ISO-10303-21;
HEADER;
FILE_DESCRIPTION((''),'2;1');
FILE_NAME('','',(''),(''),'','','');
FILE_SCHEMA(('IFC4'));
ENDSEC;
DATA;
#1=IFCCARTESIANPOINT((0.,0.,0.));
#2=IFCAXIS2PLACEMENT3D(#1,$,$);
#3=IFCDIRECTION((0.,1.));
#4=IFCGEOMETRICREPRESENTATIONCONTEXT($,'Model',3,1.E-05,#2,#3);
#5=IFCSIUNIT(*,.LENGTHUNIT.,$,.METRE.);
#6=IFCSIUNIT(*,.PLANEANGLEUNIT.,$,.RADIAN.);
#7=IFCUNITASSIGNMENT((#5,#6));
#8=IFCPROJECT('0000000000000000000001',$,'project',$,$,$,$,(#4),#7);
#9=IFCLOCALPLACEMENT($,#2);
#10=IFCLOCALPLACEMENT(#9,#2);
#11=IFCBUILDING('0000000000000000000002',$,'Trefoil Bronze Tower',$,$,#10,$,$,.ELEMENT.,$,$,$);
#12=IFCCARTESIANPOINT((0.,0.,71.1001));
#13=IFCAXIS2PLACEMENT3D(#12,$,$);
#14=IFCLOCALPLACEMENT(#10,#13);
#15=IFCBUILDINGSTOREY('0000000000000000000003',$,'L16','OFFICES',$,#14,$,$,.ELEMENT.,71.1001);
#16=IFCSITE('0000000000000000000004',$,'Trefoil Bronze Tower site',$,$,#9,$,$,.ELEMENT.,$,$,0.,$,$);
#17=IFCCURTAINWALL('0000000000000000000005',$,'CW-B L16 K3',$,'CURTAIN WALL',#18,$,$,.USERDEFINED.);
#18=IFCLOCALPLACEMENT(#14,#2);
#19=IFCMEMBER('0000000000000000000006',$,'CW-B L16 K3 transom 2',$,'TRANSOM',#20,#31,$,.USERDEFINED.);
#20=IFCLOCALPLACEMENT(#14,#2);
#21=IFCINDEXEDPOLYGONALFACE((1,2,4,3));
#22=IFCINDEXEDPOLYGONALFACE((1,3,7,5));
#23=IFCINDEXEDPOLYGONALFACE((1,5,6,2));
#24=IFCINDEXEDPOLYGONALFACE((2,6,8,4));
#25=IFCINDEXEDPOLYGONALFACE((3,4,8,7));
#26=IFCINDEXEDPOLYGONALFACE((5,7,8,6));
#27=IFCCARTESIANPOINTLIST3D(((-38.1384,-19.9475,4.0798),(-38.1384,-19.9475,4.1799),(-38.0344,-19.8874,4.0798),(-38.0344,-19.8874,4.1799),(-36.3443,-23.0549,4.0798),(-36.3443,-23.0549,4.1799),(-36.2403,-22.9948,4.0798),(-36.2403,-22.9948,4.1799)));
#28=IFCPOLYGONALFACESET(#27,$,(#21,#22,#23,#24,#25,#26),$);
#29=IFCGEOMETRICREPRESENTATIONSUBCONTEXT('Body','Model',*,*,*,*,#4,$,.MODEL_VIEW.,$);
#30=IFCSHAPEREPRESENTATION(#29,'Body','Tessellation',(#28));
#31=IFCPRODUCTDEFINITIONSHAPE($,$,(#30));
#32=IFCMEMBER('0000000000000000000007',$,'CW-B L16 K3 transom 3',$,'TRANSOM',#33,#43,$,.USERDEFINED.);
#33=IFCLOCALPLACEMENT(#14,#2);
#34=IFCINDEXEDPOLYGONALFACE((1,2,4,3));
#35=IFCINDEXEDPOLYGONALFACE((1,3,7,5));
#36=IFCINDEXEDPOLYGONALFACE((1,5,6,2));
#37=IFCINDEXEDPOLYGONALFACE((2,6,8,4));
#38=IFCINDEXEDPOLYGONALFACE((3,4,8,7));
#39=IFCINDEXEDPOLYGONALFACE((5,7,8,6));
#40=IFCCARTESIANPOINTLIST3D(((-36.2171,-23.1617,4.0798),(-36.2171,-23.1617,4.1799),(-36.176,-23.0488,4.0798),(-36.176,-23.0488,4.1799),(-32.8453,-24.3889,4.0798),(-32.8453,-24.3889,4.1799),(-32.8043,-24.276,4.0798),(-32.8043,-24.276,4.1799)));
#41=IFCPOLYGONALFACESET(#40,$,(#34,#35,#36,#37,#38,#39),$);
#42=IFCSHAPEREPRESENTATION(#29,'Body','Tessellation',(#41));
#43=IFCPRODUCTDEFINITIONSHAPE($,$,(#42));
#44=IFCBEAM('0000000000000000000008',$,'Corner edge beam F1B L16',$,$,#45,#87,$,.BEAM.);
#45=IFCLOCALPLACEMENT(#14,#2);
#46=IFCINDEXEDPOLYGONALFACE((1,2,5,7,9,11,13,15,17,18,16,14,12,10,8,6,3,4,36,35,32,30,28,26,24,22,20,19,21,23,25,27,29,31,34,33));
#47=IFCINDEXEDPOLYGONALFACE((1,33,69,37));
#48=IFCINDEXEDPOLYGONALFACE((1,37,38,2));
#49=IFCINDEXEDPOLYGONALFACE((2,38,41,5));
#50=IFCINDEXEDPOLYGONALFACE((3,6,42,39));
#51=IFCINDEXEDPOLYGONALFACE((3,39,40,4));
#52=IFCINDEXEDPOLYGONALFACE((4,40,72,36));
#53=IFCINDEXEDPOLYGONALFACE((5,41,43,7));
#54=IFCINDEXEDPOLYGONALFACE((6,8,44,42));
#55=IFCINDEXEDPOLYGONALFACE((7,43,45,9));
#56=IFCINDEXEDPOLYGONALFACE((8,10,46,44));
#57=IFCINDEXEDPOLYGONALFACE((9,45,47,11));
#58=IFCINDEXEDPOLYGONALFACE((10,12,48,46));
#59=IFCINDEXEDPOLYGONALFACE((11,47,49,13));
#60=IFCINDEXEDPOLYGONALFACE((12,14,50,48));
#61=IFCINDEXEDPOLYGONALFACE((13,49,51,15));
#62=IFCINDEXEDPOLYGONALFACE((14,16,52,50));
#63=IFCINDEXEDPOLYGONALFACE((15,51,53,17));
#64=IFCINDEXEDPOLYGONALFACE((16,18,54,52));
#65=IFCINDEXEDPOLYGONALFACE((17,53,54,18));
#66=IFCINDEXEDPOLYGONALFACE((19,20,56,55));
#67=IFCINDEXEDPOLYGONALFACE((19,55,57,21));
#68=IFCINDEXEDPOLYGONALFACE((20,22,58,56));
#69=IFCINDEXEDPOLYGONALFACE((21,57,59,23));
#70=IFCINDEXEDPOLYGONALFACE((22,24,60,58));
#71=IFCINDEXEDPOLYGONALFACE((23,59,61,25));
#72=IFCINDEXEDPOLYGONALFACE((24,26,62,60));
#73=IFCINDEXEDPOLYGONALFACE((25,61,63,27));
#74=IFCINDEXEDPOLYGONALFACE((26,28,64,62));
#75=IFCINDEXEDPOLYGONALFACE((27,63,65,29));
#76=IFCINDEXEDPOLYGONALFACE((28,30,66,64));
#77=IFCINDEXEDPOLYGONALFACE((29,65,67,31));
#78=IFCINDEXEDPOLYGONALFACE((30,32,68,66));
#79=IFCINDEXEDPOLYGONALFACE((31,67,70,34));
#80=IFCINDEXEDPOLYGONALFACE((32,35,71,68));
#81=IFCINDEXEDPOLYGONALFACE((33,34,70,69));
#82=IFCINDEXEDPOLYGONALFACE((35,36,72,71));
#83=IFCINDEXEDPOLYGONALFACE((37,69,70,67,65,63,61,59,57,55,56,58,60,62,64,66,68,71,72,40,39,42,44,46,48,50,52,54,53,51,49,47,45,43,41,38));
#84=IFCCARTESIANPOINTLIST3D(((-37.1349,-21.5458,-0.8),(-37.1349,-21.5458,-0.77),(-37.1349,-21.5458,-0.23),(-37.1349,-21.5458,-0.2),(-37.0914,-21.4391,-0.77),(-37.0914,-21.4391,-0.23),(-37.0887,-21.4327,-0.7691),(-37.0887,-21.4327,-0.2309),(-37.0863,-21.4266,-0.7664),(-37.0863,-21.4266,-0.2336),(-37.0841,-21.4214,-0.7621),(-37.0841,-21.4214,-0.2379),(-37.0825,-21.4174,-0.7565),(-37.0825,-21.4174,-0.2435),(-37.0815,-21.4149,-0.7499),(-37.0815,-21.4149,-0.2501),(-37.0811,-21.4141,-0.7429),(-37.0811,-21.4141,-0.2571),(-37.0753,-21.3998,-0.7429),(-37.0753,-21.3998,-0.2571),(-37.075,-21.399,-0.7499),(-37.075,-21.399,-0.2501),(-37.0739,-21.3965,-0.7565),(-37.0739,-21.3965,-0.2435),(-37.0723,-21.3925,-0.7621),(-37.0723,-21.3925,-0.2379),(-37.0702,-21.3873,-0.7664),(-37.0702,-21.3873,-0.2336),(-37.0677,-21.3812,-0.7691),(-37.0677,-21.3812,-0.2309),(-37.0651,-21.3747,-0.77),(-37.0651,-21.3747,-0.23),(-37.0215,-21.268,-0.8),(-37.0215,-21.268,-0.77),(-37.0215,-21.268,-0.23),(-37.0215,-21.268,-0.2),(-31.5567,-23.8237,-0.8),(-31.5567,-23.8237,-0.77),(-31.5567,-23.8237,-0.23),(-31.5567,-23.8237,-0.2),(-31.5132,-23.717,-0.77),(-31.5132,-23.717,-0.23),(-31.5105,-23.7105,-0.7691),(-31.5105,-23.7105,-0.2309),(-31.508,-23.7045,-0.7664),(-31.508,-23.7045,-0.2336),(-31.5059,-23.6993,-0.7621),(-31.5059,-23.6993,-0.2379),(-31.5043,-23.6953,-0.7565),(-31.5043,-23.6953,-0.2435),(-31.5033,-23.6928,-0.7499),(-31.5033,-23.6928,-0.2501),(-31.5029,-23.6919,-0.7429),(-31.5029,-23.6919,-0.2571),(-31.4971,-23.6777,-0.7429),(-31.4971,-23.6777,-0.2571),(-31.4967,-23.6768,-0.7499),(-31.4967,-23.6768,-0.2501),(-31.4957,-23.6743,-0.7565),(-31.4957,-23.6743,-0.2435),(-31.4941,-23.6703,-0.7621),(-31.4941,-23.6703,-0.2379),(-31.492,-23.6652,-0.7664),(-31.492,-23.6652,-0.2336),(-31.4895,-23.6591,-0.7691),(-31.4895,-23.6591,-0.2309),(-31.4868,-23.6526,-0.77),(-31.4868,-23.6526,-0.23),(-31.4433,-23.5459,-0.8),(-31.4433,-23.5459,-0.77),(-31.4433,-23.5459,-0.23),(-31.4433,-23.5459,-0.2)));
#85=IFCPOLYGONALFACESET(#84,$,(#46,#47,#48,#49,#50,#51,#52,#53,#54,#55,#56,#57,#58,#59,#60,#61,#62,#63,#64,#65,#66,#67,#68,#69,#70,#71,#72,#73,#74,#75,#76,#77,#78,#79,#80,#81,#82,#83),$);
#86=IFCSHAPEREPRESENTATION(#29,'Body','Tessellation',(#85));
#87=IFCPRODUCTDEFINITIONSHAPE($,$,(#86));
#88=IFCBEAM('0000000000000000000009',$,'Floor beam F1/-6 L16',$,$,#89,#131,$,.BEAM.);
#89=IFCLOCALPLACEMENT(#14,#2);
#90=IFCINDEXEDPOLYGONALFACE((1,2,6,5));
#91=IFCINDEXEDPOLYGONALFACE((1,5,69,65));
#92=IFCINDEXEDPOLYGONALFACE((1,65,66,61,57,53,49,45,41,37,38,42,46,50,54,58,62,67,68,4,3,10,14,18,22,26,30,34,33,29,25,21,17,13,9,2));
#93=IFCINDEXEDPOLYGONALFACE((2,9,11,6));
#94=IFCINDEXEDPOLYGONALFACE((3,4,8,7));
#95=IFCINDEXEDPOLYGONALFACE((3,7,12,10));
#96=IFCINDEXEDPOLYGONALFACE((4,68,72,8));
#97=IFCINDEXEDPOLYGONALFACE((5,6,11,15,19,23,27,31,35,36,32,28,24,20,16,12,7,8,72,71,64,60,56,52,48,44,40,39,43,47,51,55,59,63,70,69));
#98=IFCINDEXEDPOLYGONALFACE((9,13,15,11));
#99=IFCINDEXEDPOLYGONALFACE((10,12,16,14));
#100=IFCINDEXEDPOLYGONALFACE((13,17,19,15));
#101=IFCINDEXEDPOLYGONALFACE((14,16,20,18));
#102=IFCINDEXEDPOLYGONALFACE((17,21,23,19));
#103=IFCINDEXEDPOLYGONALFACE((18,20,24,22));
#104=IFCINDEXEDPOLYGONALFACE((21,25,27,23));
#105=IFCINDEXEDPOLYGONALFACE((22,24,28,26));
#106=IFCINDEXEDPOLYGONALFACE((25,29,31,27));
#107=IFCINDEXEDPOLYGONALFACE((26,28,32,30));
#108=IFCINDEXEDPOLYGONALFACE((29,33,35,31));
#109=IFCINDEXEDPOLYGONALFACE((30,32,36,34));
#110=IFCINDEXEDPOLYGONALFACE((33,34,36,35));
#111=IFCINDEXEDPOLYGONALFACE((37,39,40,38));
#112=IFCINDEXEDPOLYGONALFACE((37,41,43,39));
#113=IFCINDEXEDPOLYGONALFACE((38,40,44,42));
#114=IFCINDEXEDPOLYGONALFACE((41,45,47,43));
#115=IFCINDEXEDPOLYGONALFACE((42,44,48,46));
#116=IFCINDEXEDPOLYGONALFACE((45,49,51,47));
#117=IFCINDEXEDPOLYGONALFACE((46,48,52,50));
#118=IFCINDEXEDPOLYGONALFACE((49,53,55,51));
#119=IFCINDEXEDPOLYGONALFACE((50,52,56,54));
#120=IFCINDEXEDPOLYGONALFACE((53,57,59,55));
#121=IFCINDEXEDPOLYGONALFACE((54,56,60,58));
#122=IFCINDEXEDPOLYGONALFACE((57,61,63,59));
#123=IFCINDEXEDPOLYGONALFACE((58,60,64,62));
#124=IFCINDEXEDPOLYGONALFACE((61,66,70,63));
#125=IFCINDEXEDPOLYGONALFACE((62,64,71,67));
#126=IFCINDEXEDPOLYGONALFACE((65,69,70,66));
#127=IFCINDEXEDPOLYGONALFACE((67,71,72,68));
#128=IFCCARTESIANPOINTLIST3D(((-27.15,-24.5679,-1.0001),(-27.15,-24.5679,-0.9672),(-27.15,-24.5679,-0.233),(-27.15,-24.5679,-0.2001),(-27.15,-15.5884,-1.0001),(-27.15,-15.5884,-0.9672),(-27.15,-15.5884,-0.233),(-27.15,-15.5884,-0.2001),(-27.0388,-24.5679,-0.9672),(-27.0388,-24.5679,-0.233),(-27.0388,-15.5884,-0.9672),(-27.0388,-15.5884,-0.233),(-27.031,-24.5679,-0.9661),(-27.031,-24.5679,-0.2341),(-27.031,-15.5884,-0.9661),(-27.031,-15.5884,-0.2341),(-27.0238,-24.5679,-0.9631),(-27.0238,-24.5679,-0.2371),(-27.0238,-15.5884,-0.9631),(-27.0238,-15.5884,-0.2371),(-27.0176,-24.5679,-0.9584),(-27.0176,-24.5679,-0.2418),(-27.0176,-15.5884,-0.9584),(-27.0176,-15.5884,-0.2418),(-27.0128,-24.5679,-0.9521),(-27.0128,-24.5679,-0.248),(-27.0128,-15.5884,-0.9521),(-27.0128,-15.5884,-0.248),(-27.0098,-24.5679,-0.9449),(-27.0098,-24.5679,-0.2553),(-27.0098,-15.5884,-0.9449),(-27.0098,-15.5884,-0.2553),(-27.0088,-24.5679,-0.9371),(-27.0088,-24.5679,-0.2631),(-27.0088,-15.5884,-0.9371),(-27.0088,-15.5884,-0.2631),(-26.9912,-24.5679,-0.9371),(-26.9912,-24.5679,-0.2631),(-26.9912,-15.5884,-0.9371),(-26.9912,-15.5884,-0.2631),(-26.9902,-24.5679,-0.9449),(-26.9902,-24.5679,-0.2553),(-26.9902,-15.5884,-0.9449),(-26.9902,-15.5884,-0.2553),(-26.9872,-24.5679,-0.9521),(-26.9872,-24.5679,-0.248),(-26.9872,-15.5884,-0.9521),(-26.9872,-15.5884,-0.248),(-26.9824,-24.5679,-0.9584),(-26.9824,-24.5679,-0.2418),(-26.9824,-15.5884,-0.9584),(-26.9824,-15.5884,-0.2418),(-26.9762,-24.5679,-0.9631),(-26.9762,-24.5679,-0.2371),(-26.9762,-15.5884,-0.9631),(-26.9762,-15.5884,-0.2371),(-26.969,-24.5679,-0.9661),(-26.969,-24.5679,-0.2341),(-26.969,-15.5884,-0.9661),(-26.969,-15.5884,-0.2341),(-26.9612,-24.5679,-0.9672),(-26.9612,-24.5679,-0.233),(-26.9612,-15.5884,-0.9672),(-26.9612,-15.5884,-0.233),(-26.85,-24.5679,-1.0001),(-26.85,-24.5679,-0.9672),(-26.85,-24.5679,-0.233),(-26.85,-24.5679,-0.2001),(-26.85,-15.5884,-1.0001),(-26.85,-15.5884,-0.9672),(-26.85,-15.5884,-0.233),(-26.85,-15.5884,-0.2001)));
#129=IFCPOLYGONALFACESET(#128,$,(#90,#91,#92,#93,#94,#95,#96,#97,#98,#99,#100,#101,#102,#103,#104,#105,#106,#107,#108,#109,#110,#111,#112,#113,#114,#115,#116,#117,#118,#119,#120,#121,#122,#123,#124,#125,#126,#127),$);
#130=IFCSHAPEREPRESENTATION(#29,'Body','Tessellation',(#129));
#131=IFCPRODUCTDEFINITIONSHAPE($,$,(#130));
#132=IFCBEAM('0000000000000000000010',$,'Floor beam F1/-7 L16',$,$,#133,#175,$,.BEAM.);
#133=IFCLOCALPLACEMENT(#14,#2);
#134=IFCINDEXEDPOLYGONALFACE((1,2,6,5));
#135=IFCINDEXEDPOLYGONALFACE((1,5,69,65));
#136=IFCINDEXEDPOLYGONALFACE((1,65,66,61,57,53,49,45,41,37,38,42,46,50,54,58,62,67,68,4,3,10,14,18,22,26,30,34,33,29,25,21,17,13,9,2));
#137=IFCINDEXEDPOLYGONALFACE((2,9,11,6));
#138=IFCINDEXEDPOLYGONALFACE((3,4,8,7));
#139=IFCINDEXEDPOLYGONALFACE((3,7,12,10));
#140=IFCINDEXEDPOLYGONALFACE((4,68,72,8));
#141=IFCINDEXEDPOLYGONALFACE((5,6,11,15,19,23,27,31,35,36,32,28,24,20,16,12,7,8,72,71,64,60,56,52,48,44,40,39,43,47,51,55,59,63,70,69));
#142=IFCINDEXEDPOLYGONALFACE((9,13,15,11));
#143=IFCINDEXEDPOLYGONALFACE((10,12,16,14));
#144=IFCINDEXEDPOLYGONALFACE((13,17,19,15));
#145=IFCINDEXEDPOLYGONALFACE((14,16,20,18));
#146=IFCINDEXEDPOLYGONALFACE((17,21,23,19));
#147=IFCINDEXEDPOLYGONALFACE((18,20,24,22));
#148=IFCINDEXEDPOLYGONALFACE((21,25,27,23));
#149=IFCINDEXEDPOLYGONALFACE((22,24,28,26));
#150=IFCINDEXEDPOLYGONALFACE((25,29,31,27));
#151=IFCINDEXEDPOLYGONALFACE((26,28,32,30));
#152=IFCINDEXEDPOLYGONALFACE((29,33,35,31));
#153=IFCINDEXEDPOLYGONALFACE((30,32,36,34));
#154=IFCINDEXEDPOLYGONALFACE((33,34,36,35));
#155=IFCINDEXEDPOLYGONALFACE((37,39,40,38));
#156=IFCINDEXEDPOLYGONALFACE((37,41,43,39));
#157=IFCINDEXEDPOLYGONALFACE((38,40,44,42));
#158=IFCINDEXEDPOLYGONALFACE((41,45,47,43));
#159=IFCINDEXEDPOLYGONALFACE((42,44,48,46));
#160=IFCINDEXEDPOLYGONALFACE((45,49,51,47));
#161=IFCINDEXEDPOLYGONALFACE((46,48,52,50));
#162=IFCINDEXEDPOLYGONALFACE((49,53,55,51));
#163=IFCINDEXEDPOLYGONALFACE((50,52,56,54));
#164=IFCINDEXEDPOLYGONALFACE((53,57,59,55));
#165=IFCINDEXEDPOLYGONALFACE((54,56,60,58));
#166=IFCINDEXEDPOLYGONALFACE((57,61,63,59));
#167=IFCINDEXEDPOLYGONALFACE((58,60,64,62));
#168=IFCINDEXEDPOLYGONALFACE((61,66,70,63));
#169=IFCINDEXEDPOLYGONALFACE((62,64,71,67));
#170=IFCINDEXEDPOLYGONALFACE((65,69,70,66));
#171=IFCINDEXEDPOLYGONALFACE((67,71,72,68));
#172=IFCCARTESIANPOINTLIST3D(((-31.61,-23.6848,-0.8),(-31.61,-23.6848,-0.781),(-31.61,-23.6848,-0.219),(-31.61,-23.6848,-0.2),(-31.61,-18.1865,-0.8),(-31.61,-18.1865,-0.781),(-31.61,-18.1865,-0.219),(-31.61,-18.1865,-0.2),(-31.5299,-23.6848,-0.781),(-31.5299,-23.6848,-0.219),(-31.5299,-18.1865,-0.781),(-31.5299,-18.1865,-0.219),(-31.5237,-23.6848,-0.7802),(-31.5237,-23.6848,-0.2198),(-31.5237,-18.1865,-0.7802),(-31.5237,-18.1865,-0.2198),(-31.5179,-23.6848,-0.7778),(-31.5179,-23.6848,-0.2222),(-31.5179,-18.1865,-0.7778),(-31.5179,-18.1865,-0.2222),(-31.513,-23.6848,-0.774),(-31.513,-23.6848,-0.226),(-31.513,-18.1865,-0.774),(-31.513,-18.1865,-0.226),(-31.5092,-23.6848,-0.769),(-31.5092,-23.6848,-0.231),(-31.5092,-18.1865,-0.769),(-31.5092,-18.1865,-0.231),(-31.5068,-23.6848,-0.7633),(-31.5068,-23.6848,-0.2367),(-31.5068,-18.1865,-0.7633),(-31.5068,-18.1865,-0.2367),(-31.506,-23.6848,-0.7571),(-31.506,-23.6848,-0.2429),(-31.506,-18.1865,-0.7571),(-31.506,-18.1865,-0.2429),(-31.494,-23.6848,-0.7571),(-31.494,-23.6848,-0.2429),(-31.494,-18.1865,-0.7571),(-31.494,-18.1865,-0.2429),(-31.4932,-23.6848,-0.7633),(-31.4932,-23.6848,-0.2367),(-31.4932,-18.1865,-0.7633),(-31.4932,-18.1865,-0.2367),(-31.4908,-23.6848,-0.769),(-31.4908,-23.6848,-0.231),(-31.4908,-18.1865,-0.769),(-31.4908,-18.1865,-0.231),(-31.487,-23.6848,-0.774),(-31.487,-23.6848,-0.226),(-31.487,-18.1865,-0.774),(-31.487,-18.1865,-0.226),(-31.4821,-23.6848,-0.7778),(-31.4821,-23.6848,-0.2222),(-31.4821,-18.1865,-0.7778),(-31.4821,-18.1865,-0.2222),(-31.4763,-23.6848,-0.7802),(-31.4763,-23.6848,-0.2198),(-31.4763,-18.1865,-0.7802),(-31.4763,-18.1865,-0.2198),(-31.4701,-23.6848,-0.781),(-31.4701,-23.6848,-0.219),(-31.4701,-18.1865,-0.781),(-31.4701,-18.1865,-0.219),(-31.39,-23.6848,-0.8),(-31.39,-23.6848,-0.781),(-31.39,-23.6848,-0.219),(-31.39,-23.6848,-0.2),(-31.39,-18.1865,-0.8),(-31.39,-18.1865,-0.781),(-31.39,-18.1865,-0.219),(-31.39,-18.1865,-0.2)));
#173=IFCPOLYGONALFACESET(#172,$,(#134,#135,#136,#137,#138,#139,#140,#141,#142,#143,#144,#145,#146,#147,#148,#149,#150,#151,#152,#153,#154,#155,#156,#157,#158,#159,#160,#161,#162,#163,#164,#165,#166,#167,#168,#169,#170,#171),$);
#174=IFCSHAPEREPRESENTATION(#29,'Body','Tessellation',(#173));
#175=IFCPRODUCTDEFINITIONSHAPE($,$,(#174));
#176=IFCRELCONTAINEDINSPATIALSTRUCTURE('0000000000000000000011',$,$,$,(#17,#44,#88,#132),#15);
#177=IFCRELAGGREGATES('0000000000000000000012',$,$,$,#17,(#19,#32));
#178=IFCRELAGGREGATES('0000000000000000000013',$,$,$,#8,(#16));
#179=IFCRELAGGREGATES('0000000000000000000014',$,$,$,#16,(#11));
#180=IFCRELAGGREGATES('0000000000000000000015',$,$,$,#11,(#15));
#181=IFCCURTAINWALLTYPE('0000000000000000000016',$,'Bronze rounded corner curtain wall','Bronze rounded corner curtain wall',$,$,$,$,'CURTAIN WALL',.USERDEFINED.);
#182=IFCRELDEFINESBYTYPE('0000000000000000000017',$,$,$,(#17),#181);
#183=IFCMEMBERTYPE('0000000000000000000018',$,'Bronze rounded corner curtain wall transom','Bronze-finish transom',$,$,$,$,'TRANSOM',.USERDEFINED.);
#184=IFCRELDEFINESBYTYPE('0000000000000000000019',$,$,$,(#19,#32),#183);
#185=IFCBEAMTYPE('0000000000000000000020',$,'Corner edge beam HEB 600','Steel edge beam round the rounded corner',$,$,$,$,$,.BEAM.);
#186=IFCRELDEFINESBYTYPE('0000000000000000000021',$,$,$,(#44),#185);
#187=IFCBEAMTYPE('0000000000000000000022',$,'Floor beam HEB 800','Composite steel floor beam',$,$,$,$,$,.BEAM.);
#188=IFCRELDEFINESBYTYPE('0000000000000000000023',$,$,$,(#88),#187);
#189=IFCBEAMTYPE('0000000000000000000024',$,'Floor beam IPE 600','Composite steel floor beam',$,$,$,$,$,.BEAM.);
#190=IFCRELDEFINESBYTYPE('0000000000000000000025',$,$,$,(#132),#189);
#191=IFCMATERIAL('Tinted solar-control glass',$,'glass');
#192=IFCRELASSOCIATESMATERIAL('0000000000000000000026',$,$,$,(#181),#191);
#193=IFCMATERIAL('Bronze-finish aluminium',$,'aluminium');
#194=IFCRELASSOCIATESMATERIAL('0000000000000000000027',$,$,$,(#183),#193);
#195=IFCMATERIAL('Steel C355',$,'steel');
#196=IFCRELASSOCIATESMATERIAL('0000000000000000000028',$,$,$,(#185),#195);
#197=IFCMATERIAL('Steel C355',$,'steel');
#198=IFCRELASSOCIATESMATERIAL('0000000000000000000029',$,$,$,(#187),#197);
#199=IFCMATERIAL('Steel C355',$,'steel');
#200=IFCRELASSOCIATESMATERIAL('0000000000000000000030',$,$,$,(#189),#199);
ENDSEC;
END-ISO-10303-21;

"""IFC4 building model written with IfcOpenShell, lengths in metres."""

from ifc_helpers import new_model, si_unit, direction, frame, origin, origin_2d, place, context, subcontext, project, spatial, rectangle, i_section, extrude, material, material_profile, profile_set, type_object, element, aggregate, save


model = new_model("IFC4")

# Units and contexts
model_context = context("Model", 3, precision=1e-05, world=origin(), true_north=direction((0.0, 1.0)))
body_context = subcontext(model_context, "Body", "Model", "MODEL_VIEW")
ifc_project = project(units=[si_unit("LENGTHUNIT", "METRE"), si_unit("PLANEANGLEUNIT", "RADIAN")], contexts=[model_context])

# Site, building, storey
site_placement = place(None, origin())
site = spatial("IfcSite", under=ifc_project, at=site_placement, Name="Trefoil Bronze Tower site", CompositionType="ELEMENT", RefElevation=0.0)
building_placement = place(site_placement, origin())
building = spatial("IfcBuilding", under=site, at=building_placement, Name="Trefoil Bronze Tower", CompositionType="ELEMENT")
storey_placement = place(building_placement, frame((0.0, 0.0, 71.1001)))
storey = spatial("IfcBuildingStorey", under=building, at=storey_placement, Name="L16", Description="OFFICES", CompositionType="ELEMENT", Elevation=71.1001)

# Curtain wall, members
ifc_material_1 = material(Name="Tinted solar-control glass", Category="glass")
curtain_wall_type_1 = type_object("IfcCurtainWallType", Name="Bronze rounded corner curtain wall", Description="Bronze rounded corner curtain wall", ElementType="CURTAIN WALL", PredefinedType="USERDEFINED", material=ifc_material_1)
curtain_wall_1_placement = place(storey_placement, origin())
curtain_wall_1 = element("IfcCurtainWall", 1, at=curtain_wall_1_placement, inside=storey, type_object=curtain_wall_type_1, Name="CW-B L16 K3", ObjectType="CURTAIN WALL", PredefinedType="USERDEFINED")
ifc_material_2 = material(Name="Bronze-finish aluminium", Category="aluminium")
ifc_material_profile_1 = material_profile(ifc_material_2, rectangle(XDim=0.1201, YDim=0.1001, at=origin_2d()), Name="CW-B transom")
ifc_profile_set_1 = profile_set([ifc_material_profile_1], Name="Bronze-finish aluminium")
member_type_1 = type_object("IfcMemberType", Name="Bronze rounded corner curtain wall transom", Description="Bronze-finish transom", ElementType="TRANSOM", PredefinedType="USERDEFINED", material=ifc_profile_set_1)
member_1_placement = place(storey_placement, frame((-38.0864, -19.9175, 4.1299), z_axis=(0.500025, -0.866011, 0.0), x_axis=(0.866011, 0.500025, 0.0)))
member_1 = element("IfcMember", 2, at=member_1_placement, type_object=member_type_1, Name="CW-B L16 K3 transom 2", ObjectType="TRANSOM", PredefinedType="USERDEFINED", context=body_context, shape_type="SweptSolid", body=[
    extrude(rectangle(XDim=0.1201, YDim=0.1001, at=origin_2d()), origin(), (0.0, 0.0, 1.0), 3.5881),
])
member_2_placement = place(storey_placement, frame((-36.1965, -23.1052, 4.1299), z_axis=(0.939688, -0.342033, 0.0), x_axis=(0.342033, 0.939688, 0.0)))
member_2 = element("IfcMember", 3, at=member_2_placement, type_object=member_type_1, Name="CW-B L16 K3 transom 3", ObjectType="TRANSOM", PredefinedType="USERDEFINED", context=body_context, shape_type="SweptSolid", body=[
    extrude(rectangle(XDim=0.1201, YDim=0.1001, at=origin_2d()), origin(), (0.0, 0.0, 1.0), 3.5881),
])

# Beams
ifc_material_3 = material(Name="Steel C355", Category="steel")
ifc_material_profile_2 = material_profile(ifc_material_3, i_section(OverallWidth=0.3, OverallDepth=0.6001, WebThickness=0.0154, FlangeThickness=0.03, FilletRadius=0.0271, at=origin_2d()), Name="HEB 600")
ifc_profile_set_2 = profile_set([ifc_material_profile_2], Name="Steel C355")
beam_type_1 = type_object("IfcBeamType", Name="Corner edge beam HEB 600", Description="Steel edge beam round the rounded corner", PredefinedType="BEAM", material=ifc_profile_set_2)
beam_1_placement = place(storey_placement, frame((-31.5, -23.6848, -0.5), z_axis=(-0.925787, 0.378046, 0.0), x_axis=(-0.378046, -0.925787, 0.0)))
element("IfcBeam", 4, at=beam_1_placement, inside=storey, type_object=beam_type_1, Name="Corner edge beam F1B L16", PredefinedType="BEAM", context=body_context, shape_type="SweptSolid", body=[
    extrude(i_section(OverallWidth=0.3, OverallDepth=0.6001, WebThickness=0.0154, FlangeThickness=0.03, FilletRadius=0.0271, at=origin_2d()), origin(), (0.0, 0.0, 1.0), 6.0254),
])
ifc_material_4 = material(Name="Steel C355", Category="steel")
ifc_material_profile_3 = material_profile(ifc_material_4, i_section(OverallWidth=0.3, OverallDepth=0.8, WebThickness=0.0176, FlangeThickness=0.033, FilletRadius=0.03, at=origin_2d()), Name="HEB 800")
ifc_profile_set_3 = profile_set([ifc_material_profile_3], Name="Steel C355")
beam_type_2 = type_object("IfcBeamType", Name="Floor beam HEB 800", Description="Composite steel floor beam", PredefinedType="BEAM", material=ifc_profile_set_3)
beam_2_placement = place(storey_placement, frame((-27.0, -24.5679, -0.6001), z_axis=(0.0, 1.0, 0.0), x_axis=(-1.0, 0.0, 0.0)))
element("IfcBeam", 5, at=beam_2_placement, inside=storey, type_object=beam_type_2, Name="Floor beam F1/-6 L16", PredefinedType="BEAM", context=body_context, shape_type="SweptSolid", body=[
    extrude(i_section(OverallWidth=0.3, OverallDepth=0.8, WebThickness=0.0176, FlangeThickness=0.033, FilletRadius=0.03, at=origin_2d()), origin(), (0.0, 0.0, 1.0), 8.9795),
])
ifc_material_5 = material(Name="Steel C355", Category="steel")
ifc_material_profile_4 = material_profile(ifc_material_5, i_section(OverallWidth=0.22, OverallDepth=0.6001, WebThickness=0.012, FlangeThickness=0.019, FilletRadius=0.0239, at=origin_2d()), Name="IPE 600")
ifc_profile_set_4 = profile_set([ifc_material_profile_4], Name="Steel C355")
beam_type_3 = type_object("IfcBeamType", Name="Floor beam IPE 600", Description="Composite steel floor beam", PredefinedType="BEAM", material=ifc_profile_set_4)
beam_3_placement = place(storey_placement, frame((-31.5, -23.6848, -0.5), z_axis=(0.0, 1.0, 0.0), x_axis=(-1.0, 0.0, 0.0)))
element("IfcBeam", 6, at=beam_3_placement, inside=storey, type_object=beam_type_3, Name="Floor beam F1/-7 L16", PredefinedType="BEAM", context=body_context, shape_type="SweptSolid", body=[
    extrude(i_section(OverallWidth=0.22, OverallDepth=0.6001, WebThickness=0.012, FlangeThickness=0.019, FilletRadius=0.0239, at=origin_2d()), origin(), (0.0, 0.0, 1.0), 5.4983),
])

aggregate(curtain_wall_1, [member_1, member_2])

save(model, "model.ifc")
